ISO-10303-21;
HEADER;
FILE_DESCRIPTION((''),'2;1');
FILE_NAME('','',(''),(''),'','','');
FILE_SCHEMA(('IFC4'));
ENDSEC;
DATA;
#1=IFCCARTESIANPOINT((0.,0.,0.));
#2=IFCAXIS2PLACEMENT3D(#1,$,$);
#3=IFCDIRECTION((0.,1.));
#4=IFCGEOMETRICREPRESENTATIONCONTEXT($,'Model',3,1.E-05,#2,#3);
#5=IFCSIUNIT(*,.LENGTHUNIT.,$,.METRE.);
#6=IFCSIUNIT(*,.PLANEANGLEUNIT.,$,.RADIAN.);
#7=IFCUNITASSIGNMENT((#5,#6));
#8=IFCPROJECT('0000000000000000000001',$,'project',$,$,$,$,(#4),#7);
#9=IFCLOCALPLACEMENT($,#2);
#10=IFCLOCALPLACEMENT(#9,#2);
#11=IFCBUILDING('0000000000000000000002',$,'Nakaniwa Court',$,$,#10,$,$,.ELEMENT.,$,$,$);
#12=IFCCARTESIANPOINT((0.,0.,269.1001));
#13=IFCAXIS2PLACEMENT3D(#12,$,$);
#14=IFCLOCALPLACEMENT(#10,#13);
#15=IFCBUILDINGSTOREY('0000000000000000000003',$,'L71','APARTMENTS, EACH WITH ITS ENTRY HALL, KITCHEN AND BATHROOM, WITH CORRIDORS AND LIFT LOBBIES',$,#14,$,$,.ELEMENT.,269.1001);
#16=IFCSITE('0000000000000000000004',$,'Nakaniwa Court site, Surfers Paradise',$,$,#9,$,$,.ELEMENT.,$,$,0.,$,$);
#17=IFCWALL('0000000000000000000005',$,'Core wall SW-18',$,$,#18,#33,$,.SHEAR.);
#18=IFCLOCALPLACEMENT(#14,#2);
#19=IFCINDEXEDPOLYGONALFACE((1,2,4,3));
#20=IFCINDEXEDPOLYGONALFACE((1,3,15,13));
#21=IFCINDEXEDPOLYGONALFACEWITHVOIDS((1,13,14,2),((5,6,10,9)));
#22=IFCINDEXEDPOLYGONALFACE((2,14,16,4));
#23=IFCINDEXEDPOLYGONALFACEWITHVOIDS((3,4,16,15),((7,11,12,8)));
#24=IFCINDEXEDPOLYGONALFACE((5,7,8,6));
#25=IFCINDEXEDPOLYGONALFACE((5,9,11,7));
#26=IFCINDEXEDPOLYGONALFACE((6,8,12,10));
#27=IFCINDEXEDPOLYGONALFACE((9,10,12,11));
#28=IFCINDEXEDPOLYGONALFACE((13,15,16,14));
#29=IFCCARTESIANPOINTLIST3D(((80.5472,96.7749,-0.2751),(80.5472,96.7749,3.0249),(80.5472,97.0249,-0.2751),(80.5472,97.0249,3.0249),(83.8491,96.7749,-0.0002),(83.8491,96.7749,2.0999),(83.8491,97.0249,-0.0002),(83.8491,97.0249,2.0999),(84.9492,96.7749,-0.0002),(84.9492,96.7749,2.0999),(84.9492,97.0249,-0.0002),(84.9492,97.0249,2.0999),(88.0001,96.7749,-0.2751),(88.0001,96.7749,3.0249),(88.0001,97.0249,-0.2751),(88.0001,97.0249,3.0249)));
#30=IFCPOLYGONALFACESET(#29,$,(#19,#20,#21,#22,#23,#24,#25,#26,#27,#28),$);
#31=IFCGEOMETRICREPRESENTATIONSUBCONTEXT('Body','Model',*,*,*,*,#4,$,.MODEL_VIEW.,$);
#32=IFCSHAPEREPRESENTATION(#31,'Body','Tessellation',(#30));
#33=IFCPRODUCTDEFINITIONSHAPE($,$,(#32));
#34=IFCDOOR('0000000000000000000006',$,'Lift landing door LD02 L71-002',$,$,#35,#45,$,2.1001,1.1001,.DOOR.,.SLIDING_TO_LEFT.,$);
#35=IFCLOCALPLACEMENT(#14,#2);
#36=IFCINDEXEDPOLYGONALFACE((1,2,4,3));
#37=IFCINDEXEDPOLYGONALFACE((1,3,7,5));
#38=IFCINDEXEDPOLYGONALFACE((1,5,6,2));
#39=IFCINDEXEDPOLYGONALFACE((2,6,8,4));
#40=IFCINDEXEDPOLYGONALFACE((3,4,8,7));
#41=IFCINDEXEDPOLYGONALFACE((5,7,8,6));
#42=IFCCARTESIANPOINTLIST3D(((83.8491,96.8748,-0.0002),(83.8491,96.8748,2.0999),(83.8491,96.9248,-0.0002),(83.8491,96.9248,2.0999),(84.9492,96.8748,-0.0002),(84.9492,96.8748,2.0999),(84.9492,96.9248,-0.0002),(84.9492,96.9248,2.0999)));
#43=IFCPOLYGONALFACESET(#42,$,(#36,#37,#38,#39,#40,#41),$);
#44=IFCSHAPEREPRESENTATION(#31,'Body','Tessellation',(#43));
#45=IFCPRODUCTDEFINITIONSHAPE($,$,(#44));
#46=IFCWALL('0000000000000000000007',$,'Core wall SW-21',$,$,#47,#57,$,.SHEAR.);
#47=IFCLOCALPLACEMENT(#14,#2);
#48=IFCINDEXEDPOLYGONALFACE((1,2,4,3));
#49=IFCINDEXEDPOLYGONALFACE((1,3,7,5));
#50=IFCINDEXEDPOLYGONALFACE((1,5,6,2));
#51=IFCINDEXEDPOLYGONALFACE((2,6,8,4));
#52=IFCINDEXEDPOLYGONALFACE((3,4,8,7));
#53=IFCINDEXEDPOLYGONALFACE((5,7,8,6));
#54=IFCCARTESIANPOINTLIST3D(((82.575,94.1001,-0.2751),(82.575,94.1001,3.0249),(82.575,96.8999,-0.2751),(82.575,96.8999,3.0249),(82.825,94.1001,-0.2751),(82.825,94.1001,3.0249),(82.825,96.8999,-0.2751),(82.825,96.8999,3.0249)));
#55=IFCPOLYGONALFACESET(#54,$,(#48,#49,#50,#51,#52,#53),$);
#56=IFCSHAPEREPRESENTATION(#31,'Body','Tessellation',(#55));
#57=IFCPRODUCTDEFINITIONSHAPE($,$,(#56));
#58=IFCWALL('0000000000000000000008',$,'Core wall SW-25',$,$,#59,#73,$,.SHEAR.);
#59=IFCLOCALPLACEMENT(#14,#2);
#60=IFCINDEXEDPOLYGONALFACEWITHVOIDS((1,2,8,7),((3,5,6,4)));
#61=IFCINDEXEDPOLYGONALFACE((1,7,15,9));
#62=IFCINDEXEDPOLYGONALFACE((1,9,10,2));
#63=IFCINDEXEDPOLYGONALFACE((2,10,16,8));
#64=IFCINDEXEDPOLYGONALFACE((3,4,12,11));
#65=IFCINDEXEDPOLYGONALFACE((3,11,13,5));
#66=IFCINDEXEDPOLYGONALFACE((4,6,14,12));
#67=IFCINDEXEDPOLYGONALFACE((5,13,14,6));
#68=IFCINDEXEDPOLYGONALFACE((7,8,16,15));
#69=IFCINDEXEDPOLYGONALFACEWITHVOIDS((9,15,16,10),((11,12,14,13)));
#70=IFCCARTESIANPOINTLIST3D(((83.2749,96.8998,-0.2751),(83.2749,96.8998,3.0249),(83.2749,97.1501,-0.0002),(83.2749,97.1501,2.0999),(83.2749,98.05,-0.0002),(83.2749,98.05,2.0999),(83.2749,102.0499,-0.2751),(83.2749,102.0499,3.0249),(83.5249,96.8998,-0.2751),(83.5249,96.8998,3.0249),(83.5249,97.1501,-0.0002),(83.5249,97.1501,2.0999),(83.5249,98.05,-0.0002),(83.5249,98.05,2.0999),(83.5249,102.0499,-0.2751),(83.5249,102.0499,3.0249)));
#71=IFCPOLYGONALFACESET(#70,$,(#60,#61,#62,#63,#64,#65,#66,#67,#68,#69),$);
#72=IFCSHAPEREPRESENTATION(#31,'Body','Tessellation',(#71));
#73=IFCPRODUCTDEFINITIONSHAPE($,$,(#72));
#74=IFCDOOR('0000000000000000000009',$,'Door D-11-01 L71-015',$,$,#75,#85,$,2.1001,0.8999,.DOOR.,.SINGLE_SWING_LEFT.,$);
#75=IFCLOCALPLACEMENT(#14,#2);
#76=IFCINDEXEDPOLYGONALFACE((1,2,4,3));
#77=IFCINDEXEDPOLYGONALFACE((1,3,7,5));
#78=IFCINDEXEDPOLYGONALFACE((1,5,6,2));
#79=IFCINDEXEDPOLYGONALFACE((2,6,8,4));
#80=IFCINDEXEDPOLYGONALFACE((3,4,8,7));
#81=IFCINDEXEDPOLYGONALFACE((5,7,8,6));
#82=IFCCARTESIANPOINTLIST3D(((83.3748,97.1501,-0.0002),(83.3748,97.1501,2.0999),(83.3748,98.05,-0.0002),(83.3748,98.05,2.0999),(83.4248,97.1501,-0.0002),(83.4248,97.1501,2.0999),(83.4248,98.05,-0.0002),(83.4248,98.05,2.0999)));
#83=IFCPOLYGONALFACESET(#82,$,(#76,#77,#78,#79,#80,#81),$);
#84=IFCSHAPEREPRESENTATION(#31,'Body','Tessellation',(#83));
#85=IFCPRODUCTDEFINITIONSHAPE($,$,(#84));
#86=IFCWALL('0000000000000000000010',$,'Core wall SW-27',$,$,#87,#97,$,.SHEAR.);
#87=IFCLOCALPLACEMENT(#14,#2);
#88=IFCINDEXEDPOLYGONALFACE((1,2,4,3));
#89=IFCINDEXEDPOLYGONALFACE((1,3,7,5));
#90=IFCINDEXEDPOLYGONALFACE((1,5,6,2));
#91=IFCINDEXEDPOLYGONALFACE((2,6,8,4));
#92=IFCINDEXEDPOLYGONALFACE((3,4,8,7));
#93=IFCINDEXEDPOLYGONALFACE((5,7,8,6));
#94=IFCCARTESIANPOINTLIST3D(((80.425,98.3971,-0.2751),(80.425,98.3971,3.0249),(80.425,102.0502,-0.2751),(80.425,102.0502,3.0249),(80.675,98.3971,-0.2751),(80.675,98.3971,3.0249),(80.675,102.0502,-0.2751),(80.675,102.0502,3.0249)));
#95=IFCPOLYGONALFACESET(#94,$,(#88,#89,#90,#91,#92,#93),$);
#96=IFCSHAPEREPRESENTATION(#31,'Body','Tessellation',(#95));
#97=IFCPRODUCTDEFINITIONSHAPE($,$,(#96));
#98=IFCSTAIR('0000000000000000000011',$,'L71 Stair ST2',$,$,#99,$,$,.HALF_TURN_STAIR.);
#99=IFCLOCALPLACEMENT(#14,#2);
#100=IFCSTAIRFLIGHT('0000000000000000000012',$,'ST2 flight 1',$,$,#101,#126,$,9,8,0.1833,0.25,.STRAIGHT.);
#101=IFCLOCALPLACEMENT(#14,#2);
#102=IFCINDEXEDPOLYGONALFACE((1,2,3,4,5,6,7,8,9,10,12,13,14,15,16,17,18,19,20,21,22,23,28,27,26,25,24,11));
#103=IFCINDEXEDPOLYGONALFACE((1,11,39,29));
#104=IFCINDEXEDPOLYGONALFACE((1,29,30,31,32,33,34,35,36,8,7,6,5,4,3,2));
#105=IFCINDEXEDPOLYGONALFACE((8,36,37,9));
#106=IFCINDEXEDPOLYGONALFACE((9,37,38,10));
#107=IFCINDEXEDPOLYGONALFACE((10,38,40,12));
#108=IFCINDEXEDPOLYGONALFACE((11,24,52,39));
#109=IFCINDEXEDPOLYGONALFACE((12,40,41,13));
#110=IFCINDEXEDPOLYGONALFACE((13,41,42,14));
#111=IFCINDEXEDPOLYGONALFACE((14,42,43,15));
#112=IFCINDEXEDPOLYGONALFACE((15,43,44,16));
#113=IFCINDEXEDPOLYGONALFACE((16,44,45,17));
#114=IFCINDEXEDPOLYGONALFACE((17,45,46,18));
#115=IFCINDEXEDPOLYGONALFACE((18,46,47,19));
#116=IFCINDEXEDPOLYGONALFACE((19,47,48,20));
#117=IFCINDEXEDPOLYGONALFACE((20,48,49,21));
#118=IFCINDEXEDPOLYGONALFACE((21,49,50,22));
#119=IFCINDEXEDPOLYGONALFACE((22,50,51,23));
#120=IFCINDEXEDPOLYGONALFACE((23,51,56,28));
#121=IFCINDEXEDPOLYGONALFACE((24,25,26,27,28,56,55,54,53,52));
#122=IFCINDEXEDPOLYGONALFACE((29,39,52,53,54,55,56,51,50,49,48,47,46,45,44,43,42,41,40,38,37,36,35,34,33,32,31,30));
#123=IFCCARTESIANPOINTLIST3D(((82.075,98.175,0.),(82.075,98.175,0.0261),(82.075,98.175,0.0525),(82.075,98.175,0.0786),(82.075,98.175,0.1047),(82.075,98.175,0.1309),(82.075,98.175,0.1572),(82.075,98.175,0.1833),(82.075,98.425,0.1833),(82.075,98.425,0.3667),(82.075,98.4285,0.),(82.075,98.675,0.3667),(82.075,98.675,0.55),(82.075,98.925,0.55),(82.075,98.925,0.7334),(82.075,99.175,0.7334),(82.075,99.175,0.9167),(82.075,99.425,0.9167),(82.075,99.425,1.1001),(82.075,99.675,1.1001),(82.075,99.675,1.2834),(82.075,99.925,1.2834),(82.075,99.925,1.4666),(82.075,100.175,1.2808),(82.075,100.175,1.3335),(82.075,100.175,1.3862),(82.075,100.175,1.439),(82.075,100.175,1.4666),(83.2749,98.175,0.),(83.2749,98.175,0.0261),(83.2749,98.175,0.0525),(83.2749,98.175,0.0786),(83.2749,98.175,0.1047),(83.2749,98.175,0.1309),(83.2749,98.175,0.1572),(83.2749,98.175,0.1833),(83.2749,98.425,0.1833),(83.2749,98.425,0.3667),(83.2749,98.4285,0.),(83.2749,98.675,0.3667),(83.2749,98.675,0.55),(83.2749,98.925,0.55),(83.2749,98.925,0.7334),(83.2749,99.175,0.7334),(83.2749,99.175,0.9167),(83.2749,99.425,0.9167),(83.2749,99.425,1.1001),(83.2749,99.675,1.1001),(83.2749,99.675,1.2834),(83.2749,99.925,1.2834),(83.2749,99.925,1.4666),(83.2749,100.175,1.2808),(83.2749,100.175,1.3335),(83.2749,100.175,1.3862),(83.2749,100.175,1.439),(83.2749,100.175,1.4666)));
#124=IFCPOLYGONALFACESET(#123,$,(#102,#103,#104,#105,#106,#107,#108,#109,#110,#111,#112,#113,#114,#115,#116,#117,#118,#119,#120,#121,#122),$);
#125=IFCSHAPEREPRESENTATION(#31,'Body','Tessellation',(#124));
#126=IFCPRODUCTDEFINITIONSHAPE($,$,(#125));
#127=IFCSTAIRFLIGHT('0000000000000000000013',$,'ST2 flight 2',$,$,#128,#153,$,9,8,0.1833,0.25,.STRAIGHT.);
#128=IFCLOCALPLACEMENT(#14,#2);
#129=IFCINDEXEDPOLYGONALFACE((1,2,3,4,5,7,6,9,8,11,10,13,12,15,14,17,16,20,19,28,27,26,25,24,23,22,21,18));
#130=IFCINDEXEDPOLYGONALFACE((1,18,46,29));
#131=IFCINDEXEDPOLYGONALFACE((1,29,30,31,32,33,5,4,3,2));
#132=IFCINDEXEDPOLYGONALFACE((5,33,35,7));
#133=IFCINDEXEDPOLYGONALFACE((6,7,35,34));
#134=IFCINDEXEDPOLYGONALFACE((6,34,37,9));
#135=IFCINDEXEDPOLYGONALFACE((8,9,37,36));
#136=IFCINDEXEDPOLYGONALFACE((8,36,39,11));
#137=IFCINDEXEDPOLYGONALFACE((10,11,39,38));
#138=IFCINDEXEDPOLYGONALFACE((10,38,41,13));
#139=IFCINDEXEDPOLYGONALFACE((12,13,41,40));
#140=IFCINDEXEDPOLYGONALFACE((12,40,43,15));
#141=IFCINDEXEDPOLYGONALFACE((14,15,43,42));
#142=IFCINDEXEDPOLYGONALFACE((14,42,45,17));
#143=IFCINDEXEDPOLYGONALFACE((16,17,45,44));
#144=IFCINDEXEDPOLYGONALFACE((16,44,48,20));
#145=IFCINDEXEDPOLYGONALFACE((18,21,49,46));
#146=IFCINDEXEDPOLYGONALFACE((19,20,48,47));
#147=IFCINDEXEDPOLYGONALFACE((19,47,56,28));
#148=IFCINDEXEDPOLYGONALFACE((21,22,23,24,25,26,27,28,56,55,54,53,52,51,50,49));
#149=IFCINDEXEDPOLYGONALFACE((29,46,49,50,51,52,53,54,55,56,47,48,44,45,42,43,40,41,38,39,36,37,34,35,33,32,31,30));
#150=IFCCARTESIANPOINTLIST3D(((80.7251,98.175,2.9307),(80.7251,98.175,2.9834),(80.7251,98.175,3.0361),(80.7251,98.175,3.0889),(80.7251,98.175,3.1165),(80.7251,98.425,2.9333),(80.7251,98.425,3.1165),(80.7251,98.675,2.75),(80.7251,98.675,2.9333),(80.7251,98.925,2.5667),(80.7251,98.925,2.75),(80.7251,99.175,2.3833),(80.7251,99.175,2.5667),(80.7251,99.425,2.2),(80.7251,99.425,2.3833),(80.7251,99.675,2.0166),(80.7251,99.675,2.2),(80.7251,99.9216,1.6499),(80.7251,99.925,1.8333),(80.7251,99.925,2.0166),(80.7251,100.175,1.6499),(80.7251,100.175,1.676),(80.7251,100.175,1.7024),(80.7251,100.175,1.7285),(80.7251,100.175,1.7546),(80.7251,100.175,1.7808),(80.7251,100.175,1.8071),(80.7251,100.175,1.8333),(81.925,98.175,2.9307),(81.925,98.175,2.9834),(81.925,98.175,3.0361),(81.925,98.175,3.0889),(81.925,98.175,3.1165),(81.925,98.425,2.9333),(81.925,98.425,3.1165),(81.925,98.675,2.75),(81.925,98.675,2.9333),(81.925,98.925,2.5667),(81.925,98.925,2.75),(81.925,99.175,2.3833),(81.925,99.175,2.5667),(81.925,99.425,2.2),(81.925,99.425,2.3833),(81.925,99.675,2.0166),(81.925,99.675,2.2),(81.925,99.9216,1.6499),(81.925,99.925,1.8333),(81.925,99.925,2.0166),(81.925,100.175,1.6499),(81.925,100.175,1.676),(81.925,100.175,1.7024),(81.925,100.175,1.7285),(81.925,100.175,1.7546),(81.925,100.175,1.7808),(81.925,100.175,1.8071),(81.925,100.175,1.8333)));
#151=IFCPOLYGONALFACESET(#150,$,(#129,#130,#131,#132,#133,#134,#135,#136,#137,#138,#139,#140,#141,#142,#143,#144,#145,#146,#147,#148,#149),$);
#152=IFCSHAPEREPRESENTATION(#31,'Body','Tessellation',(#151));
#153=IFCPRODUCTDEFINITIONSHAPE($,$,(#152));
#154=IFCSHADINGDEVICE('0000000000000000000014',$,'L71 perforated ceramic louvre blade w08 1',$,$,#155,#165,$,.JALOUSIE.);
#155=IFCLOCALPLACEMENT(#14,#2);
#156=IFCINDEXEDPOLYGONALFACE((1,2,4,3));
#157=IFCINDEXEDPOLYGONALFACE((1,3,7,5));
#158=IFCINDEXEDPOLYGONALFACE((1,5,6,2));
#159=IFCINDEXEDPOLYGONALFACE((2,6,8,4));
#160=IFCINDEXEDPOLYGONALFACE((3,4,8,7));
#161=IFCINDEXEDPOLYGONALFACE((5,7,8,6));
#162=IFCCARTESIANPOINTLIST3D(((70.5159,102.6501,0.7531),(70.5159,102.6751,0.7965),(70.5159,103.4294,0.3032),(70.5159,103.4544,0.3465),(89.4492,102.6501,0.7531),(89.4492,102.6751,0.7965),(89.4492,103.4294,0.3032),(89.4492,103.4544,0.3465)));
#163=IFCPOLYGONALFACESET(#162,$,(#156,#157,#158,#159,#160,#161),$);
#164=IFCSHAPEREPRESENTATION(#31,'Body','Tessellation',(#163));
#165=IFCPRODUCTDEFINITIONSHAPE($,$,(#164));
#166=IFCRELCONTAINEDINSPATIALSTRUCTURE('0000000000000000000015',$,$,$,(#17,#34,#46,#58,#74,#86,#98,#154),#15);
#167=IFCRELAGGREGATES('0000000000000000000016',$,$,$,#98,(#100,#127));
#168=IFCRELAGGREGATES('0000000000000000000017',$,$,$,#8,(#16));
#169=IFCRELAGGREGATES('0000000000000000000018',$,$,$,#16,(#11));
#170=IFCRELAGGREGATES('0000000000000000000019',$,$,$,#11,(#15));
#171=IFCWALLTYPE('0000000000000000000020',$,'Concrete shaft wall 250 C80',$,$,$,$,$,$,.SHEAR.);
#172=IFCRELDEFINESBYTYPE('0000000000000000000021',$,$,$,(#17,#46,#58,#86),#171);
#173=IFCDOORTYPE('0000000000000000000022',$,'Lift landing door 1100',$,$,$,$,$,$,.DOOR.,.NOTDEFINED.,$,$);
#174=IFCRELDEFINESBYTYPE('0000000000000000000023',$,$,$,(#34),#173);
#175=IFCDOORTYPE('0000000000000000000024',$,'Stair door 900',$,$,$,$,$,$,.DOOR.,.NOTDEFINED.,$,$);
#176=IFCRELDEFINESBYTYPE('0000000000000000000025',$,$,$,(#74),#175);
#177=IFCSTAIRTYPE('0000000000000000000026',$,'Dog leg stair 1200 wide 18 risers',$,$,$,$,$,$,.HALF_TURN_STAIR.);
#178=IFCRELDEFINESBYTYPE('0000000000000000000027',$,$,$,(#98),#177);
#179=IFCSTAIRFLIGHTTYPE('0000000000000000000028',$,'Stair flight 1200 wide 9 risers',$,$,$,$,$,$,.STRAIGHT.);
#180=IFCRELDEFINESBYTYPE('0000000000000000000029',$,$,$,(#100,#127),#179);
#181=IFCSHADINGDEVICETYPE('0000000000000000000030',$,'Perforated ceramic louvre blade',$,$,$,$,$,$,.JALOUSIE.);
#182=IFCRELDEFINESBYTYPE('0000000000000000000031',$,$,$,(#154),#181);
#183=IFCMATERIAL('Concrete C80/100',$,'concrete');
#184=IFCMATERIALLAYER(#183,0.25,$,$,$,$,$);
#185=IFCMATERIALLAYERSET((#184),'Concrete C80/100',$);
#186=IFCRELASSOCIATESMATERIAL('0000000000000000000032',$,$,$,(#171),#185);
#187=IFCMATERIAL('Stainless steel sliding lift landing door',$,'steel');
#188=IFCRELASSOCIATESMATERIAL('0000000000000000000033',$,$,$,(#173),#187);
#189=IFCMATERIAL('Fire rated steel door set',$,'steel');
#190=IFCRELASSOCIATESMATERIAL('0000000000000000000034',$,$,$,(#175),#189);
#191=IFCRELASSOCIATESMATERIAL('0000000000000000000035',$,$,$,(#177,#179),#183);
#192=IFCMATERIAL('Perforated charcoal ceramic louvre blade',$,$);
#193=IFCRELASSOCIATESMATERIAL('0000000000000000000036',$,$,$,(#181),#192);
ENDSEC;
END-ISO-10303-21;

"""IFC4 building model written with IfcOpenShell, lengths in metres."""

from ifc_helpers import new_model, si_unit, direction, frame, frame_2d, origin, origin_2d, place, context, subcontext, project, spatial, polyline, rectangle, outline, extrude, material, layer, layer_set, material_profile, profile_set, type_object, element, fill, aggregate, save


model = new_model("IFC4")

# Units and contexts
model_context = context("Model", 3, precision=1e-05, world=origin(), true_north=direction((0.0, 1.0)))
body_context = subcontext(model_context, "Body", "Model", "MODEL_VIEW")
ifc_project = project(units=[si_unit("LENGTHUNIT", "METRE"), si_unit("PLANEANGLEUNIT", "RADIAN")], contexts=[model_context])

# Site, building, storey
site_placement = place(None, origin())
site = spatial("IfcSite", under=ifc_project, at=site_placement, Name="Nakaniwa Court site, Surfers Paradise", CompositionType="ELEMENT", RefElevation=0.0)
building_placement = place(site_placement, origin())
building = spatial("IfcBuilding", under=site, at=building_placement, Name="Nakaniwa Court", CompositionType="ELEMENT")
storey_placement = place(building_placement, frame((0.0, 0.0, 269.1001)))
storey = spatial("IfcBuildingStorey", under=building, at=storey_placement, Name="L71", Description="APARTMENTS, EACH WITH ITS ENTRY HALL, KITCHEN AND BATHROOM, WITH CORRIDORS AND LIFT LOBBIES", CompositionType="ELEMENT", Elevation=269.1001)

# Shared definitions
ifc_material_1 = material(Name="Fire rated steel door set", Category="steel")

# Shared definitions
ifc_material_2 = material(Name="Concrete C80/100", Category="concrete")

# Shared definitions
ifc_layer_1 = layer(ifc_material_2, 0.25)
ifc_layer_set_1 = layer_set([ifc_layer_1], Name="Concrete C80/100")
wall_type_1 = type_object("IfcWallType", Name="Concrete shaft wall 250 C80", PredefinedType="SHEAR", material=ifc_layer_set_1)

# Wall, opening, door
wall_1_placement = place(storey_placement, frame((80.5471, 96.8999, -0.2751), z_axis=(0.0, 0.0, 1.0), x_axis=(1.0, 0.0, 0.0)))
wall_1 = element("IfcWall", 1, at=wall_1_placement, inside=storey, type_object=wall_type_1, Name="Core wall SW-18", PredefinedType="SHEAR", context=body_context, shape_type="SweptSolid", body=[
    extrude(rectangle(XDim=7.4529, YDim=0.25, at=frame_2d((3.7266, 0.0))), origin(), (0.0, 0.0, 1.0), 3.3),
])
opening_1_placement = place(wall_1_placement, frame((3.302, 0.0, 0.2749)))
opening_1 = element("IfcOpeningElement", 2, at=opening_1_placement, cuts=wall_1, PredefinedType="OPENING", context=body_context, shape_type="SweptSolid", body=[
    extrude(rectangle(XDim=1.1001, YDim=2.1001, at=frame_2d((0.55, 1.05))), frame((0.0, 0.135, 0.0), z_axis=(0.0, -1.0, 0.0), x_axis=(1.0, 0.0, 0.0)), (0.0, 0.0, 1.0), 0.27),
])
ifc_material_3 = material(Name="Stainless steel sliding lift landing door", Category="steel")
door_type_1 = type_object("IfcDoorType", Name="Lift landing door 1100", OperationType="NOTDEFINED", PredefinedType="DOOR", material=ifc_material_3)
door_1_placement = place(opening_1_placement, origin())
door_1 = element("IfcDoor", 3, at=door_1_placement, inside=storey, type_object=door_type_1, Name="Lift landing door LD02 L71-002", OperationType="SLIDING_TO_LEFT", OverallHeight=2.1001, OverallWidth=1.1001, PredefinedType="DOOR", context=body_context, shape_type="SweptSolid", body=[
    extrude(rectangle(XDim=1.1001, YDim=2.1001, at=frame_2d((0.55, 1.05))), frame((0.0, 0.0249, 0.0), z_axis=(0.0, -1.0, 0.0), x_axis=(1.0, 0.0, 0.0)), (0.0, 0.0, 1.0), 0.05),
])
fill(opening_1, door_1)

# Wall
wall_2_placement = place(storey_placement, frame((82.7, 94.1001, -0.2751), z_axis=(0.0, 0.0, 1.0), x_axis=(0.0, 1.0, 0.0)))
element("IfcWall", 4, at=wall_2_placement, inside=storey, type_object=wall_type_1, Name="Core wall SW-21", PredefinedType="SHEAR", context=body_context, shape_type="SweptSolid", body=[
    extrude(rectangle(XDim=2.7998, YDim=0.25, at=frame_2d((1.3999, 0.0))), origin(), (0.0, 0.0, 1.0), 3.3),
])

# Wall, opening, door
wall_3_placement = place(storey_placement, frame((83.3999, 102.05, -0.2751), z_axis=(0.0, 0.0, 1.0), x_axis=(0.0, -1.0, 0.0)))
wall_3 = element("IfcWall", 5, at=wall_3_placement, inside=storey, type_object=wall_type_1, Name="Core wall SW-25", PredefinedType="SHEAR", context=body_context, shape_type="SweptSolid", body=[
    extrude(rectangle(XDim=5.1501, YDim=0.25, at=frame_2d((2.5752, 0.0))), origin(), (0.0, 0.0, 1.0), 3.3),
])
opening_2_placement = place(wall_3_placement, frame((4.0, 0.0, 0.2749)))
opening_2 = element("IfcOpeningElement", 6, at=opening_2_placement, cuts=wall_3, PredefinedType="OPENING", context=body_context, shape_type="SweptSolid", body=[
    extrude(rectangle(XDim=0.8999, YDim=2.1001, at=frame_2d((0.45, 1.05))), frame((0.0, 0.135, 0.0), z_axis=(0.0, -1.0, 0.0), x_axis=(1.0, 0.0, 0.0)), (0.0, 0.0, 1.0), 0.27),
])
door_type_2 = type_object("IfcDoorType", Name="Stair door 900", OperationType="NOTDEFINED", PredefinedType="DOOR", material=ifc_material_1)
door_2_placement = place(opening_2_placement, origin())
door_2 = element("IfcDoor", 7, at=door_2_placement, inside=storey, type_object=door_type_2, Name="Door D-11-01 L71-015", OperationType="SINGLE_SWING_LEFT", OverallHeight=2.1001, OverallWidth=0.8999, PredefinedType="DOOR", context=body_context, shape_type="SweptSolid", body=[
    extrude(rectangle(XDim=0.8999, YDim=2.1001, at=frame_2d((0.45, 1.05))), frame((0.0, 0.0249, 0.0), z_axis=(0.0, -1.0, 0.0), x_axis=(1.0, 0.0, 0.0)), (0.0, 0.0, 1.0), 0.05),
])
fill(opening_2, door_2)

# Wall
wall_4_placement = place(storey_placement, frame((80.55, 98.397, -0.2751), z_axis=(0.0, 0.0, 1.0), x_axis=(0.0, 1.0, 0.0)))
element("IfcWall", 8, at=wall_4_placement, inside=storey, type_object=wall_type_1, Name="Core wall SW-27", PredefinedType="SHEAR", context=body_context, shape_type="SweptSolid", body=[
    extrude(rectangle(XDim=3.6531, YDim=0.25, at=frame_2d((1.8267, 0.0))), origin(), (0.0, 0.0, 1.0), 3.3),
])

# Stair, stair flights
stair_type = type_object("IfcStairType", Name="Dog leg stair 1200 wide 18 risers", PredefinedType="HALF_TURN_STAIR", material=ifc_material_2)
stair_placement = place(storey_placement, origin())
stair = element("IfcStair", 9, at=stair_placement, inside=storey, type_object=stair_type, Name="L71 Stair ST2", PredefinedType="HALF_TURN_STAIR")
stair_flight_type = type_object("IfcStairFlightType", Name="Stair flight 1200 wide 9 risers", PredefinedType="STRAIGHT", material=ifc_material_2)
stair_flight_1_placement = place(storey_placement, frame((82.675, 98.175, 0.0), z_axis=(0.0, 0.0, 1.0), x_axis=(0.0, 1.0, 0.0)))
stair_flight_1 = element("IfcStairFlight", 10, at=stair_flight_1_placement, type_object=stair_flight_type, Name="ST2 flight 1", NumberOfRisers=9, NumberOfTreads=8, PredefinedType="STRAIGHT", RiserHeight=0.1833, TreadLength=0.25, context=body_context, shape_type="SweptSolid", body=[
    extrude(outline(polyline([(0.0, 0.0), (0.0, 0.0261), (0.0, 0.0525), (0.0, 0.0786), (0.0, 0.1047), (0.0, 0.1309), (0.0, 0.1572), (0.0, 0.1833), (0.25, 0.1833), (0.25, 0.3667), (0.5, 0.3667), (0.5, 0.55), (0.75, 0.55), (0.75, 0.7334), (1.0, 0.7334), (1.0, 0.9167), (1.25, 0.9167), (1.25, 1.1001), (1.5, 1.1001), (1.5, 1.2834), (1.75, 1.2834), (1.75, 1.4666), (2.0, 1.4666), (2.0, 1.6499), (2.0, 1.5972), (2.0, 1.5444), (2.0, 1.4917), (2.0, 1.439), (2.0, 1.3862), (2.0, 1.3335), (2.0, 1.2808), (0.2534, 0.0), (0.0, 0.0)])), frame((0.0, 0.6001, 0.0), z_axis=(0.0, -1.0, 0.0), x_axis=(1.0, 0.0, 0.0)), (0.0, 0.0, 1.0), 1.2),
])
stair_flight_2_placement = place(storey_placement, frame((81.325, 100.175, 1.6499), z_axis=(0.0, 0.0, 1.0), x_axis=(0.0, -1.0, 0.0)))
stair_flight_2 = element("IfcStairFlight", 11, at=stair_flight_2_placement, type_object=stair_flight_type, Name="ST2 flight 2", NumberOfRisers=9, NumberOfTreads=8, PredefinedType="STRAIGHT", RiserHeight=0.1833, TreadLength=0.25, context=body_context, shape_type="SweptSolid", body=[
    extrude(outline(polyline([(0.0, 0.0), (0.0, 0.0261), (0.0, 0.0525), (0.0, 0.0786), (0.0, 0.1047), (0.0, 0.1309), (0.0, 0.1572), (0.0, 0.1833), (0.25, 0.1833), (0.25, 0.3667), (0.5, 0.3667), (0.5, 0.55), (0.75, 0.55), (0.75, 0.7334), (1.0, 0.7334), (1.0, 0.9167), (1.25, 0.9167), (1.25, 1.1001), (1.5, 1.1001), (1.5, 1.2834), (1.75, 1.2834), (1.75, 1.4666), (2.0, 1.4666), (2.0, 1.6499), (2.0, 1.5972), (2.0, 1.5444), (2.0, 1.4917), (2.0, 1.439), (2.0, 1.3862), (2.0, 1.3335), (2.0, 1.2808), (0.2534, 0.0), (0.0, 0.0)])), frame((0.0, 0.6001, 0.0), z_axis=(0.0, -1.0, 0.0), x_axis=(1.0, 0.0, 0.0)), (0.0, 0.0, 1.0), 1.2),
])
aggregate(stair, [stair_flight_1, stair_flight_2])

# Shading device
ifc_material_4 = material(Name="Perforated charcoal ceramic louvre blade")
ifc_material_profile = material_profile(ifc_material_4, rectangle(XDim=0.8999, YDim=0.05, at=origin_2d()), Name="Perforated ceramic louvre blade")
ifc_profile_set = profile_set([ifc_material_profile], Name="Perforated charcoal ceramic louvre blade")
shading_device_type = type_object("IfcShadingDeviceType", Name="Perforated ceramic louvre blade", PredefinedType="JALOUSIE", material=ifc_profile_set)
for number, where, z_axis, x_axis, name in (
    (12, (89.4492, 103.0522, 0.5498), (-1.0, 0.0, 0.0), (0.0, -0.866025, 0.5), "L71 perforated ceramic louvre blade w08 1"),
):
    element("IfcShadingDevice", number, at=place(storey_placement, frame(where, z_axis=z_axis, x_axis=x_axis)), inside=storey, type_object=shading_device_type, Name=name, PredefinedType="JALOUSIE", context=body_context, shape_type="SweptSolid", body=[
        extrude(rectangle(XDim=0.8999, YDim=0.05, at=origin_2d()), origin(), (0.0, 0.0, 1.0), 18.9333),
    ])

save(model, "model.ifc")
